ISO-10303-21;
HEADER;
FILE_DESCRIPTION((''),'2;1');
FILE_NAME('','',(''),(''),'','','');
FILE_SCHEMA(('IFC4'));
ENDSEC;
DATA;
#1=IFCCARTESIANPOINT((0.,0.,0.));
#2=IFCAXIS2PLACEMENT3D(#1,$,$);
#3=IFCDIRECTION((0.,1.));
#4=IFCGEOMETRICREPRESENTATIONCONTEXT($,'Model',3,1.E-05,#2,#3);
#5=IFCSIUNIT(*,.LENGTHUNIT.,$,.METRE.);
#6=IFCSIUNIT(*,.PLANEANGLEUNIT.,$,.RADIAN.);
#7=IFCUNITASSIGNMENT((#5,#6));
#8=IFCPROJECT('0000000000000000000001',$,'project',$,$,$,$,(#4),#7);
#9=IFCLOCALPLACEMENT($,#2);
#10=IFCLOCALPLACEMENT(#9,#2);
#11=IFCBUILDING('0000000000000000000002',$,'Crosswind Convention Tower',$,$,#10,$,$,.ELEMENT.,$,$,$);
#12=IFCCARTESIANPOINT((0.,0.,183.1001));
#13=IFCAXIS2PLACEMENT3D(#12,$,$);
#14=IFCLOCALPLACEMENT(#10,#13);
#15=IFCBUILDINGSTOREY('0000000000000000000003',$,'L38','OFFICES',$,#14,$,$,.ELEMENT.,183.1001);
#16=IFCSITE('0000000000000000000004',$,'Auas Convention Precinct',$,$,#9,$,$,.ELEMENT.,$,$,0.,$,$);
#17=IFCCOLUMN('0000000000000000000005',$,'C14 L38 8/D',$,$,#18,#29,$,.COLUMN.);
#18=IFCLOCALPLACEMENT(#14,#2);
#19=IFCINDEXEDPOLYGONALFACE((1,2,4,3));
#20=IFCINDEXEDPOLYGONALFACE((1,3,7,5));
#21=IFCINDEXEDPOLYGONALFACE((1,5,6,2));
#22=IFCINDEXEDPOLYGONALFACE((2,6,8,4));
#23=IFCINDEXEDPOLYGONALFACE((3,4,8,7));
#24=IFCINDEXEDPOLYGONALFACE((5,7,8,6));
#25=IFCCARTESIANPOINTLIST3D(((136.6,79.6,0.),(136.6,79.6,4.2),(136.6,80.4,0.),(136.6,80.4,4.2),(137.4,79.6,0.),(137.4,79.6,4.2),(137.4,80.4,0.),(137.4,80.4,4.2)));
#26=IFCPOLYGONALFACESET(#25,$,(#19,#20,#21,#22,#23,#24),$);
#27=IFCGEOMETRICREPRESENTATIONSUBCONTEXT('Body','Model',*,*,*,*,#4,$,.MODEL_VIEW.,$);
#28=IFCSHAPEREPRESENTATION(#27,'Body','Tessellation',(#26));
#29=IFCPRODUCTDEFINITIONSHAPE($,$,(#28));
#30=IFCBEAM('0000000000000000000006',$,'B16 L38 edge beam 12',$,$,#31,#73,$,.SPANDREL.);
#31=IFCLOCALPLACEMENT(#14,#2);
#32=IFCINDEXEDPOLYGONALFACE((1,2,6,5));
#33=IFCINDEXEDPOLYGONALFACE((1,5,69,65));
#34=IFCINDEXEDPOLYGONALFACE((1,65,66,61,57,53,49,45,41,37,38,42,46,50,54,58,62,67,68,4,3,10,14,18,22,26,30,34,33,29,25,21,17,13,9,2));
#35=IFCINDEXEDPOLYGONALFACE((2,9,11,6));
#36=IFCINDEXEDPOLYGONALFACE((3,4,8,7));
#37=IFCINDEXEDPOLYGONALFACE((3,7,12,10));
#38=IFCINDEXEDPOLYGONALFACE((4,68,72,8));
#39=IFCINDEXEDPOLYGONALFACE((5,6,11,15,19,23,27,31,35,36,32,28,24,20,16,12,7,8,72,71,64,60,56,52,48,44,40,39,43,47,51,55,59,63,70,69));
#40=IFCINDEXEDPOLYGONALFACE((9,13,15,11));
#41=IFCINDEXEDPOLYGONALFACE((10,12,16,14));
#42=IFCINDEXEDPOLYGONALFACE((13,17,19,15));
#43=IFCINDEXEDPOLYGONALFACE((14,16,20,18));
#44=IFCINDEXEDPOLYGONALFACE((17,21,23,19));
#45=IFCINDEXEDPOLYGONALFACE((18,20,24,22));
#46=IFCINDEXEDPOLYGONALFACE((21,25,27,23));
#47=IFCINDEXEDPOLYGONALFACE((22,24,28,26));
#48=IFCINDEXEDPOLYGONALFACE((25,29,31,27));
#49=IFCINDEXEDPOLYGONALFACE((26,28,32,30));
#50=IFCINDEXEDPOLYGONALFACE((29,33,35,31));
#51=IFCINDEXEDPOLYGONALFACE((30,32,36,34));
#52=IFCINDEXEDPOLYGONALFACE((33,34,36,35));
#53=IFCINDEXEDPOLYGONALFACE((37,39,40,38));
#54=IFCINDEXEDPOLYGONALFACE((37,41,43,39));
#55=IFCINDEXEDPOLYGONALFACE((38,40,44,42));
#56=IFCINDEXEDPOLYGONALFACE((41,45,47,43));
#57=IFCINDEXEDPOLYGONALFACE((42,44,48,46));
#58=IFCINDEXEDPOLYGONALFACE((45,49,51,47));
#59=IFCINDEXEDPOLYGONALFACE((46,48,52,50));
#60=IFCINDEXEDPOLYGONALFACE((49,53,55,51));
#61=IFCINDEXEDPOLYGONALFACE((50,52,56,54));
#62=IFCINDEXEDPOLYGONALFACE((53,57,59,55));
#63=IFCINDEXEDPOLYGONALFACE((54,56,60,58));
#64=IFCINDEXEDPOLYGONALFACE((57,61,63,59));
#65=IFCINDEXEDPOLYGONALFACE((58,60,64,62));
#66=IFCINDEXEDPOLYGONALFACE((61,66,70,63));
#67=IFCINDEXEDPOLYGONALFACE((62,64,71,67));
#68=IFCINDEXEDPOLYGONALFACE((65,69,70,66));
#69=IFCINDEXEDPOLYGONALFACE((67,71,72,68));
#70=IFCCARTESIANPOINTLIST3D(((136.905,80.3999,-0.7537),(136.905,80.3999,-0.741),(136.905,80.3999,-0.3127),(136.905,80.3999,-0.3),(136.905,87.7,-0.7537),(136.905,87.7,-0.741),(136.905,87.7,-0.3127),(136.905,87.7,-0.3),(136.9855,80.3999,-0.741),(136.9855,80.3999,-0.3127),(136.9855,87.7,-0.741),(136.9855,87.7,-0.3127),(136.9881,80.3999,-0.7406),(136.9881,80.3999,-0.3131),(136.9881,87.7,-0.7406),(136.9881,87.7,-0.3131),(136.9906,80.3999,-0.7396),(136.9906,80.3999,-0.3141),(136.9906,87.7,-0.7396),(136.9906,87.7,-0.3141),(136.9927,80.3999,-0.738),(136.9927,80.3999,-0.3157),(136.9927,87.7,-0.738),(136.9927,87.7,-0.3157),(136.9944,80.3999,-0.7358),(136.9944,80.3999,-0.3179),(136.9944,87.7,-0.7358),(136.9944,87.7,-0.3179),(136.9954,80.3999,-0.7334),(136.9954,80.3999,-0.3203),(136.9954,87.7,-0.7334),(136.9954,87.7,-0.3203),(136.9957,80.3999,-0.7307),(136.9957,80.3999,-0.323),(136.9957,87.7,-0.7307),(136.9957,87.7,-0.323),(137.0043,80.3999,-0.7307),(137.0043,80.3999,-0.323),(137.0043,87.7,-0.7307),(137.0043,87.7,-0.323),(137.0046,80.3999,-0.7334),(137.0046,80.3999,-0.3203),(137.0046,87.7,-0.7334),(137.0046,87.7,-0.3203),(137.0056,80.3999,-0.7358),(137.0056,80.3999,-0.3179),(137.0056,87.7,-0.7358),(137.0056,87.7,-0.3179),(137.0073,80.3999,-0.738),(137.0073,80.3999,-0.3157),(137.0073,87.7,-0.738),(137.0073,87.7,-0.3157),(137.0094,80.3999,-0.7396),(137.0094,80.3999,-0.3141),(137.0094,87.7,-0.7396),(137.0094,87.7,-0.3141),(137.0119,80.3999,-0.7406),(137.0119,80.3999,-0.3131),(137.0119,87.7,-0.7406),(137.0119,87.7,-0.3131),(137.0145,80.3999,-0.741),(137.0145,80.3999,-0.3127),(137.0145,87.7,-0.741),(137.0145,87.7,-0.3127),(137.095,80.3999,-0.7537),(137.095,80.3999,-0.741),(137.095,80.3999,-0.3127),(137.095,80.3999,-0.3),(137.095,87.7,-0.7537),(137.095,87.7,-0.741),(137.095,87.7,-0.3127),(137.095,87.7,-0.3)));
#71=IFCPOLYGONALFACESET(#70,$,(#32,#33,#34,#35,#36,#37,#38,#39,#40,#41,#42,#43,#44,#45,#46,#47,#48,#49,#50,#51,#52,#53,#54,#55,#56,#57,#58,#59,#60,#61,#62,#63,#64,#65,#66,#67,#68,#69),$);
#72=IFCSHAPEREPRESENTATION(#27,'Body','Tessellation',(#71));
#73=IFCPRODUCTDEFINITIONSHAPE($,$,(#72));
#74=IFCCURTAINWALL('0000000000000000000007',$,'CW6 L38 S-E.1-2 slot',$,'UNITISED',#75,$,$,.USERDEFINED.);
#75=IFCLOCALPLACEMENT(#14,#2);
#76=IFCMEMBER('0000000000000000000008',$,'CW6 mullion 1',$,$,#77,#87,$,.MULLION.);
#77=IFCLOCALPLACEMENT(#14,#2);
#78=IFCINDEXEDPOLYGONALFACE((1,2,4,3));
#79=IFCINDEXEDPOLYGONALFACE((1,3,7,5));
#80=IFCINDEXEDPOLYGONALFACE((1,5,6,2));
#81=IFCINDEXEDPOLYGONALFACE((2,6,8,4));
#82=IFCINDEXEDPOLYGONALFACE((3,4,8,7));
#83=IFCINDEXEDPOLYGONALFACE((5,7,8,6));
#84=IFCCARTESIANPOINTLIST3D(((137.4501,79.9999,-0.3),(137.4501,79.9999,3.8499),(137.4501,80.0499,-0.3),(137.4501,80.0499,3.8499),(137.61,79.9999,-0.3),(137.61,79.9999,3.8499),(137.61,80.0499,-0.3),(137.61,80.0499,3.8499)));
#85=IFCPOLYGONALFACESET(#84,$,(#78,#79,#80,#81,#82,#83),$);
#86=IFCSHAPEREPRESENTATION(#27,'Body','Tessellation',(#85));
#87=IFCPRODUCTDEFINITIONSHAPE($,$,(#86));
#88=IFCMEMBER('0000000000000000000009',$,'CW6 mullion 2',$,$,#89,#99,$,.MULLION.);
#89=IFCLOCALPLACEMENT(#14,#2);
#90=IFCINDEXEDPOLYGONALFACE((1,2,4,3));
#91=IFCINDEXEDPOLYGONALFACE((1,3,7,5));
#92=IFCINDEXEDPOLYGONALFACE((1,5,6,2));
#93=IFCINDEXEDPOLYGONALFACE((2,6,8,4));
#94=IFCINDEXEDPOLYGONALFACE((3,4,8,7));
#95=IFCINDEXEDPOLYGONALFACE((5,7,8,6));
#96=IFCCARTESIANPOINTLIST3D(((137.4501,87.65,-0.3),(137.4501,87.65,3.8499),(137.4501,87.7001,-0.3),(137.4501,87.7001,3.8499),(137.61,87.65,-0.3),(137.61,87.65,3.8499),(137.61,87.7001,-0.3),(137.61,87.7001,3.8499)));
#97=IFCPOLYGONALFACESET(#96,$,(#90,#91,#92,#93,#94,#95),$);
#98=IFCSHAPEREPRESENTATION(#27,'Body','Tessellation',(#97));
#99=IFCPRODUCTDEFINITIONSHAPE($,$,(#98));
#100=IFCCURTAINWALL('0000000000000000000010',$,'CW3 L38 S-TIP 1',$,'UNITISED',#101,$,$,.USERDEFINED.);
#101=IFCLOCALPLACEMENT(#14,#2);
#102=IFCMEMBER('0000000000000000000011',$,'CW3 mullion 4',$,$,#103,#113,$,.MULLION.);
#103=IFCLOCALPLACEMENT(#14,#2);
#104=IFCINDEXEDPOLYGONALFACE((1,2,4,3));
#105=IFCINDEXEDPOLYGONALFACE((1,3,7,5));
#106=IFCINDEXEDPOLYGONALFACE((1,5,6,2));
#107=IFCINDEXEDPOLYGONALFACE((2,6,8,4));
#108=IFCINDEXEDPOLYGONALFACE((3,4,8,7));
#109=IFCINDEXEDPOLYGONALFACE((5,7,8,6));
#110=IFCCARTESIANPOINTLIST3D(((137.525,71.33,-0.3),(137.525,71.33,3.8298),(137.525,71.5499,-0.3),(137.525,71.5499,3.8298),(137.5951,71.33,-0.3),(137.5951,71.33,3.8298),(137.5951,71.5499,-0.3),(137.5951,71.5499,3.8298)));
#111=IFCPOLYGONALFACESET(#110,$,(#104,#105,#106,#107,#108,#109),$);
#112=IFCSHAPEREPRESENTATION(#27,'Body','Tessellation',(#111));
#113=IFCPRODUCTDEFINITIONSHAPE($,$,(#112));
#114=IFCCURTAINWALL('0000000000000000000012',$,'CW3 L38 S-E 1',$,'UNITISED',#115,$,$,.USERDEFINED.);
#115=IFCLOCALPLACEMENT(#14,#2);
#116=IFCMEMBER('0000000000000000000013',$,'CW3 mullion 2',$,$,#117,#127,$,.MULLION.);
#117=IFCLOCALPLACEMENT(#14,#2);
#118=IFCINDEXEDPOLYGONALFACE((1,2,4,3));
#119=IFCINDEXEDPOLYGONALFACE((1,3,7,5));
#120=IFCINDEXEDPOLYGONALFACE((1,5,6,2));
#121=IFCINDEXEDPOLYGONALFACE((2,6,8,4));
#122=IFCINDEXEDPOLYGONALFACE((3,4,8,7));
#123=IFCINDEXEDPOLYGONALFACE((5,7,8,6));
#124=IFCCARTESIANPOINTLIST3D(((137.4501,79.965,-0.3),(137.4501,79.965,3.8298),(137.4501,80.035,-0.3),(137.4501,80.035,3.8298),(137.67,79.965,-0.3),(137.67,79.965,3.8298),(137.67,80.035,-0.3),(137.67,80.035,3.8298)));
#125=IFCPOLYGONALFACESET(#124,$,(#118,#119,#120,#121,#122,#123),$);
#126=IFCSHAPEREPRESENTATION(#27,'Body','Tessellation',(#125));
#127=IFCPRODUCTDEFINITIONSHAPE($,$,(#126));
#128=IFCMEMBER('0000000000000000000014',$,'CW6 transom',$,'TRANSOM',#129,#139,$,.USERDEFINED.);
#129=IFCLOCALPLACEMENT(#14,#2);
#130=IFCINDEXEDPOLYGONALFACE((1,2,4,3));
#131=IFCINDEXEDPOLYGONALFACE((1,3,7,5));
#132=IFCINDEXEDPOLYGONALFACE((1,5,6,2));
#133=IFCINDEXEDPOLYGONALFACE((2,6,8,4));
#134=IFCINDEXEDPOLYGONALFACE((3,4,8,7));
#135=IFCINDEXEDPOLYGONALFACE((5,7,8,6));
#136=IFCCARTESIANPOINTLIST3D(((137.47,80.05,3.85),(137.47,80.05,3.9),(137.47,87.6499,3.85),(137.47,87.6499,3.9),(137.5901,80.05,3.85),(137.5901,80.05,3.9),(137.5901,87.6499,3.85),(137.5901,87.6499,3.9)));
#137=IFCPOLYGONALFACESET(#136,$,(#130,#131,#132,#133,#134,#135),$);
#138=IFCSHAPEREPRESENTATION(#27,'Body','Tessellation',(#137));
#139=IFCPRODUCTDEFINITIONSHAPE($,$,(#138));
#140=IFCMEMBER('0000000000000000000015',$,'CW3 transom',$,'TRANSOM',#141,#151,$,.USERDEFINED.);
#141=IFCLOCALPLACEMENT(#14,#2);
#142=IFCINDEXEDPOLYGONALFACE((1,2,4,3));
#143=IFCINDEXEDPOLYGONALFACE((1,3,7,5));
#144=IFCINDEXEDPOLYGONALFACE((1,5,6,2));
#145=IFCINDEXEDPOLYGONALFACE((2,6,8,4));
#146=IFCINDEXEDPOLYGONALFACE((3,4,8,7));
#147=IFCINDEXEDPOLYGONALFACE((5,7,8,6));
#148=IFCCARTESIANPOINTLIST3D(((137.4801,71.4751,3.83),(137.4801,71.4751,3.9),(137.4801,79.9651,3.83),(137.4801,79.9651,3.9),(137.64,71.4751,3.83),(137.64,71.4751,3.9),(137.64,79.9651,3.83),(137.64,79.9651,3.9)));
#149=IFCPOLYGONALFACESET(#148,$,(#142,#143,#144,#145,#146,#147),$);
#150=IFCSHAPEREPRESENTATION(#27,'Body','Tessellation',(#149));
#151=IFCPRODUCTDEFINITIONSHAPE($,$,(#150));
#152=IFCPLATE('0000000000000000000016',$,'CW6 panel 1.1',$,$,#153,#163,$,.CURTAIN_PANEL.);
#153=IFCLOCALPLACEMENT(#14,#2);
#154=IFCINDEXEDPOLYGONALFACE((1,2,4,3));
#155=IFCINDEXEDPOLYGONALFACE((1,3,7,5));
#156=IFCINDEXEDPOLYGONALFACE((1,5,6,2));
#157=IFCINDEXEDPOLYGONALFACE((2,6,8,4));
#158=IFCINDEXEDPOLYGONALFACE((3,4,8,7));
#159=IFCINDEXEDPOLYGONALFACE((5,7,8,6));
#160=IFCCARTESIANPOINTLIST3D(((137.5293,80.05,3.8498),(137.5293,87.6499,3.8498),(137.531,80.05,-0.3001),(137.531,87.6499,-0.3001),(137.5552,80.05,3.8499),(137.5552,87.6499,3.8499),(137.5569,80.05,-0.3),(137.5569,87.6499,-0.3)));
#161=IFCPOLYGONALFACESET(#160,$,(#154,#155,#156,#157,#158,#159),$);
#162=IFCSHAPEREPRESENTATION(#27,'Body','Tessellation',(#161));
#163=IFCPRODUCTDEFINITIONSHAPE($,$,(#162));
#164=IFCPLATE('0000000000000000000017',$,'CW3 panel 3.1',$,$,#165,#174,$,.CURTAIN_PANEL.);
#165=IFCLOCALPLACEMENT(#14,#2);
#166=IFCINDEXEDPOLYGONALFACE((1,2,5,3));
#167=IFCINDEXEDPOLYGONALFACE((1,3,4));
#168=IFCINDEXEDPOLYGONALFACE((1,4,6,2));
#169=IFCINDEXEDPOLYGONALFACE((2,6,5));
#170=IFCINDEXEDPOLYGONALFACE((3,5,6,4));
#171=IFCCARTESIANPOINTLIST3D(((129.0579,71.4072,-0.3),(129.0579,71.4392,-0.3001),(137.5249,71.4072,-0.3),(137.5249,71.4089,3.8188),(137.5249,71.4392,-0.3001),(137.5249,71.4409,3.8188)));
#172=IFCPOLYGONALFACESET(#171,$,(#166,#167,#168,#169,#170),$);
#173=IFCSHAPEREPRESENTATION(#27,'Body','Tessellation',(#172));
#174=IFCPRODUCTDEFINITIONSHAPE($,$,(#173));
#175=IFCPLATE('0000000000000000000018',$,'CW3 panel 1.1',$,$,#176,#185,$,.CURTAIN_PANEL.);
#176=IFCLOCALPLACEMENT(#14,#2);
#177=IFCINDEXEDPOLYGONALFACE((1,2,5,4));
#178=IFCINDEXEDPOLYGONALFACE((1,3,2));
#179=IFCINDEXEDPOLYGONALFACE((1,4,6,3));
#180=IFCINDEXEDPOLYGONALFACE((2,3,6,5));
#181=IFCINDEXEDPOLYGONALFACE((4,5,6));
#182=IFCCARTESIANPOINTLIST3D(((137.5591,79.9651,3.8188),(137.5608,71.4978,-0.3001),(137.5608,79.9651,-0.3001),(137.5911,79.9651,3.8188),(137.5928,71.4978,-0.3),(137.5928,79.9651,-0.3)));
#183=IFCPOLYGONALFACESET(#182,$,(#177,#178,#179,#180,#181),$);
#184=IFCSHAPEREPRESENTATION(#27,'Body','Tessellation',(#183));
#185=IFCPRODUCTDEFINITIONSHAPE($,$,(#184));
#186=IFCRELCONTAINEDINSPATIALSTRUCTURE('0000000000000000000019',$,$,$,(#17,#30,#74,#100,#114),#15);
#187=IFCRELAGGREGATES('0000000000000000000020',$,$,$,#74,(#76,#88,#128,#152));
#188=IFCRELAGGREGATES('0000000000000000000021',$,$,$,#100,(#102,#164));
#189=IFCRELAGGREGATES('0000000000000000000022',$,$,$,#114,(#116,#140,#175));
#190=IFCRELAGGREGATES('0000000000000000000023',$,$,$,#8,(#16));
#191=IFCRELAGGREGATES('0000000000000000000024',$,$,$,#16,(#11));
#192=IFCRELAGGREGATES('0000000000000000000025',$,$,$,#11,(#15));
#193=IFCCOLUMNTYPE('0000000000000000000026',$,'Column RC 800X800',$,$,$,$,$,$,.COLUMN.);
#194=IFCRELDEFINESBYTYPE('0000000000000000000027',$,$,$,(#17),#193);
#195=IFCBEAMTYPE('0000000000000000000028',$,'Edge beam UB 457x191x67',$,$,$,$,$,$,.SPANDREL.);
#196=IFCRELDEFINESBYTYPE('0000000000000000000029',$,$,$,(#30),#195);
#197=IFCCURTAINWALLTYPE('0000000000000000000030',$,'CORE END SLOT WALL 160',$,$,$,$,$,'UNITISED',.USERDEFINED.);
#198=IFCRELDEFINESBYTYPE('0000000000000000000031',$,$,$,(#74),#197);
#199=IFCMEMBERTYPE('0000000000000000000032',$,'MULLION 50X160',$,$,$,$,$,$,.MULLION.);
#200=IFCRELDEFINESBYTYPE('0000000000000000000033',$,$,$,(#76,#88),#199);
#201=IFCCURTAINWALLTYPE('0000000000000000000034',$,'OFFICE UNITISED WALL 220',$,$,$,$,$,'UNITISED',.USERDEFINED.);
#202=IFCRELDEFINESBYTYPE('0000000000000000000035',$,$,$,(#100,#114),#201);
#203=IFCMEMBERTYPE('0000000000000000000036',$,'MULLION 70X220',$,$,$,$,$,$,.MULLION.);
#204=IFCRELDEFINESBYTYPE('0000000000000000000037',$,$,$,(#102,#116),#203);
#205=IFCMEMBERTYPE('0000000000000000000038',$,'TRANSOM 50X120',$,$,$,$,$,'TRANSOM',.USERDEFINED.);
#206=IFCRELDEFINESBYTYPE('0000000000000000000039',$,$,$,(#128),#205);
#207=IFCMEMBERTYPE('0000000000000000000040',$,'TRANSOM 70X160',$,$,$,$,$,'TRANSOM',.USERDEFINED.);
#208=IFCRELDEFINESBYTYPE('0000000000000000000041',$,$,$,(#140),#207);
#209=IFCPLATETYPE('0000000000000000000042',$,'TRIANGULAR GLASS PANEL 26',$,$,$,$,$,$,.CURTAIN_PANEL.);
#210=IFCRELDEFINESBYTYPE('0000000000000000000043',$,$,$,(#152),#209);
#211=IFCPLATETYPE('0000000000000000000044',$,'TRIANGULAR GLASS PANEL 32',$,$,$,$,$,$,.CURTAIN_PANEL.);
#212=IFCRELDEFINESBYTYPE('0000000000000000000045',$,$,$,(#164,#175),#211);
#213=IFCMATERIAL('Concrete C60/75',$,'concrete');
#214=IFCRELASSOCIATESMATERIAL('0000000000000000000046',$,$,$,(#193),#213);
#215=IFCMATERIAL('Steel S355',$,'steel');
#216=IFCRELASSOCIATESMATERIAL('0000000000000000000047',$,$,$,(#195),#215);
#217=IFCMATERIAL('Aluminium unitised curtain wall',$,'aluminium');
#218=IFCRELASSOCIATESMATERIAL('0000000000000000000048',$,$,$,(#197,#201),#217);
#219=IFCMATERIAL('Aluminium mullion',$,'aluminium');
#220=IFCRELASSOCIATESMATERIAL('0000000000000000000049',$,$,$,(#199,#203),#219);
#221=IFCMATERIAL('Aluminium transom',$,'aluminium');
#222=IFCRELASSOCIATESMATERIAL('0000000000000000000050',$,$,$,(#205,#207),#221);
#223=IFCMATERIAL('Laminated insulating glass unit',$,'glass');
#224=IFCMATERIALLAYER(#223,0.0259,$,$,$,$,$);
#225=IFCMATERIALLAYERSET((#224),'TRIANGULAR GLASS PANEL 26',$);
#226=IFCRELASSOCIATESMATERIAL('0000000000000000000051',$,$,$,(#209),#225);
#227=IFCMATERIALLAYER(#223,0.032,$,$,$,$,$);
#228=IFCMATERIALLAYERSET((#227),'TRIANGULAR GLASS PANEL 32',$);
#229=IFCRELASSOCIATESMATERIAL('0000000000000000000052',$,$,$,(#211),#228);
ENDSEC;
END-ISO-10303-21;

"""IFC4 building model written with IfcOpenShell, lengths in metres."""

from ifc_helpers import new_model, si_unit, direction, frame, origin, origin_2d, place, context, subcontext, project, spatial, polyline, rectangle, i_section, outline, extrude, material, layer, layer_set, material_profile, profile_set, type_object, element, aggregate, save


model = new_model("IFC4")

# Units and contexts
model_context = context("Model", 3, precision=1e-05, world=origin(), true_north=direction((0.0, 1.0)))
body_context = subcontext(model_context, "Body", "Model", "MODEL_VIEW")
ifc_project = project(units=[si_unit("LENGTHUNIT", "METRE"), si_unit("PLANEANGLEUNIT", "RADIAN")], contexts=[model_context])

# Site, building, storey
site_placement = place(None, origin())
site = spatial("IfcSite", under=ifc_project, at=site_placement, Name="Auas Convention Precinct", CompositionType="ELEMENT", RefElevation=0.0)
building_placement = place(site_placement, origin())
building = spatial("IfcBuilding", under=site, at=building_placement, Name="Crosswind Convention Tower", CompositionType="ELEMENT")
storey_placement = place(building_placement, frame((0.0, 0.0, 183.1001)))
storey = spatial("IfcBuildingStorey", under=building, at=storey_placement, Name="L38", Description="OFFICES", CompositionType="ELEMENT", Elevation=183.1001)

# Column
ifc_material_1 = material(Name="Concrete C60/75", Category="concrete")
ifc_material_profile_1 = material_profile(ifc_material_1, rectangle(XDim=0.8, YDim=0.8, at=origin_2d()), Name="RC 800X800")
ifc_profile_set_1 = profile_set([ifc_material_profile_1], Name="Concrete C60/75")
column_type = type_object("IfcColumnType", Name="Column RC 800X800", PredefinedType="COLUMN", material=ifc_profile_set_1)
column_placement = place(storey_placement, frame((137.0, 80.0, 0.0), z_axis=(0.0, 0.0, 1.0), x_axis=(1.0, 0.0, 0.0)))
element("IfcColumn", 1, at=column_placement, inside=storey, type_object=column_type, Name="C14 L38 8/D", PredefinedType="COLUMN", context=body_context, shape_type="SweptSolid", body=[
    extrude(rectangle(XDim=0.8, YDim=0.8, at=origin_2d()), origin(), (0.0, 0.0, 1.0), 4.2),
])

# Beam
ifc_material_2 = material(Name="Steel S355", Category="steel")
ifc_material_profile_2 = material_profile(ifc_material_2, i_section(OverallWidth=0.1899, OverallDepth=0.4536, WebThickness=0.0085, FlangeThickness=0.0127, FilletRadius=0.0103, at=origin_2d()), Name="UB 457x191x67")
ifc_profile_set_2 = profile_set([ifc_material_profile_2], Name="Steel S355")
beam_type = type_object("IfcBeamType", Name="Edge beam UB 457x191x67", PredefinedType="SPANDREL", material=ifc_profile_set_2)
beam_placement = place(storey_placement, frame((137.0, 80.3999, -0.5269), z_axis=(0.0, 1.0, 0.0), x_axis=(-1.0, 0.0, 0.0)))
element("IfcBeam", 2, at=beam_placement, inside=storey, type_object=beam_type, Name="B16 L38 edge beam 12", PredefinedType="SPANDREL", context=body_context, shape_type="SweptSolid", body=[
    extrude(i_section(OverallWidth=0.1899, OverallDepth=0.4536, WebThickness=0.0085, FlangeThickness=0.0127, FilletRadius=0.0103, at=origin_2d()), origin(), (0.0, 0.0, 1.0), 7.3),
])

# Curtain wall, members
ifc_material_3 = material(Name="Aluminium unitised curtain wall", Category="aluminium")
curtain_wall_type_1 = type_object("IfcCurtainWallType", Name="CORE END SLOT WALL 160", ElementType="UNITISED", PredefinedType="USERDEFINED", material=ifc_material_3)
curtain_wall_1_placement = place(storey_placement, origin())
curtain_wall_1 = element("IfcCurtainWall", 3, at=curtain_wall_1_placement, inside=storey, type_object=curtain_wall_type_1, Name="CW6 L38 S-E.1-2 slot", ObjectType="UNITISED", PredefinedType="USERDEFINED")
ifc_material_4 = material(Name="Aluminium mullion", Category="aluminium")
ifc_material_profile_3 = material_profile(ifc_material_4, rectangle(XDim=0.1599, YDim=0.05, at=origin_2d()), Name="AL 160X50")
ifc_profile_set_3 = profile_set([ifc_material_profile_3], Name="Aluminium mullion")
member_type_1 = type_object("IfcMemberType", Name="MULLION 50X160", PredefinedType="MULLION", material=ifc_profile_set_3)
member_1_placement = place(storey_placement, frame((137.53, 80.0249, -0.3), z_axis=(0.0, 0.0, 1.0), x_axis=(1.0, 0.0, 0.0)))
member_1 = element("IfcMember", 4, at=member_1_placement, type_object=member_type_1, Name="CW6 mullion 1", PredefinedType="MULLION", context=body_context, shape_type="SweptSolid", body=[
    extrude(rectangle(XDim=0.1599, YDim=0.05, at=origin_2d()), origin(), (0.0, 0.0, 1.0), 4.1499),
])
member_2_placement = place(storey_placement, frame((137.53, 87.675, -0.3), z_axis=(0.0, 0.0, 1.0), x_axis=(1.0, 0.0, 0.0)))
member_2 = element("IfcMember", 5, at=member_2_placement, type_object=member_type_1, Name="CW6 mullion 2", PredefinedType="MULLION", context=body_context, shape_type="SweptSolid", body=[
    extrude(rectangle(XDim=0.1599, YDim=0.05, at=origin_2d()), origin(), (0.0, 0.0, 1.0), 4.1499),
])

# Curtain walls, members
curtain_wall_type_2 = type_object("IfcCurtainWallType", Name="OFFICE UNITISED WALL 220", ElementType="UNITISED", PredefinedType="USERDEFINED", material=ifc_material_3)
curtain_wall_2_placement = place(storey_placement, origin())
curtain_wall_2 = element("IfcCurtainWall", 6, at=curtain_wall_2_placement, inside=storey, type_object=curtain_wall_type_2, Name="CW3 L38 S-TIP 1", ObjectType="UNITISED", PredefinedType="USERDEFINED")
ifc_material_profile_4 = material_profile(ifc_material_4, rectangle(XDim=0.22, YDim=0.0701, at=origin_2d()), Name="AL 220X70")
ifc_profile_set_4 = profile_set([ifc_material_profile_4], Name="Aluminium mullion")
member_type_2 = type_object("IfcMemberType", Name="MULLION 70X220", PredefinedType="MULLION", material=ifc_profile_set_4)
member_3_placement = place(storey_placement, frame((137.5601, 71.4399, -0.3), z_axis=(0.0, 0.0, 1.0), x_axis=(0.0, -1.0, 0.0)))
member_3 = element("IfcMember", 7, at=member_3_placement, type_object=member_type_2, Name="CW3 mullion 4", PredefinedType="MULLION", context=body_context, shape_type="SweptSolid", body=[
    extrude(rectangle(XDim=0.22, YDim=0.0701, at=origin_2d()), origin(), (0.0, 0.0, 1.0), 4.1299),
])
curtain_wall_3_placement = place(storey_placement, origin())
curtain_wall_3 = element("IfcCurtainWall", 8, at=curtain_wall_3_placement, inside=storey, type_object=curtain_wall_type_2, Name="CW3 L38 S-E 1", ObjectType="UNITISED", PredefinedType="USERDEFINED")
member_4_placement = place(storey_placement, frame((137.5601, 80.0, -0.3), z_axis=(0.0, 0.0, 1.0), x_axis=(1.0, 0.0, 0.0)))
member_4 = element("IfcMember", 9, at=member_4_placement, type_object=member_type_2, Name="CW3 mullion 2", PredefinedType="MULLION", context=body_context, shape_type="SweptSolid", body=[
    extrude(rectangle(XDim=0.22, YDim=0.0701, at=origin_2d()), origin(), (0.0, 0.0, 1.0), 4.1299),
])

# Members
ifc_material_5 = material(Name="Aluminium transom", Category="aluminium")
ifc_material_profile_5 = material_profile(ifc_material_5, rectangle(XDim=0.1201, YDim=0.05, at=origin_2d()), Name="AL 120X50")
ifc_profile_set_5 = profile_set([ifc_material_profile_5], Name="Aluminium transom")
member_type_3 = type_object("IfcMemberType", Name="TRANSOM 50X120", ElementType="TRANSOM", PredefinedType="USERDEFINED", material=ifc_profile_set_5)
member_5_placement = place(storey_placement, frame((137.53, 80.05, 3.875), z_axis=(0.0, 1.0, 0.0), x_axis=(-1.0, 0.0, 0.0)))
member_5 = element("IfcMember", 10, at=member_5_placement, type_object=member_type_3, Name="CW6 transom", ObjectType="TRANSOM", PredefinedType="USERDEFINED", context=body_context, shape_type="SweptSolid", body=[
    extrude(rectangle(XDim=0.1201, YDim=0.05, at=origin_2d()), origin(), (0.0, 0.0, 1.0), 7.5999),
])
ifc_material_profile_6 = material_profile(ifc_material_5, rectangle(XDim=0.1599, YDim=0.0701, at=origin_2d()), Name="AL 160X70")
ifc_profile_set_6 = profile_set([ifc_material_profile_6], Name="Aluminium transom")
member_type_4 = type_object("IfcMemberType", Name="TRANSOM 70X160", ElementType="TRANSOM", PredefinedType="USERDEFINED", material=ifc_profile_set_6)
member_6_placement = place(storey_placement, frame((137.5601, 71.4751, 3.865), z_axis=(0.0, 1.0, 0.0), x_axis=(-1.0, 0.0, 0.0)))
member_6 = element("IfcMember", 11, at=member_6_placement, type_object=member_type_4, Name="CW3 transom", ObjectType="TRANSOM", PredefinedType="USERDEFINED", context=body_context, shape_type="SweptSolid", body=[
    extrude(rectangle(XDim=0.1599, YDim=0.0701, at=origin_2d()), origin(), (0.0, 0.0, 1.0), 8.49),
])

# Plates
ifc_material_6 = material(Name="Laminated insulating glass unit", Category="glass")
ifc_layer_1 = layer(ifc_material_6, 0.0259)
ifc_layer_set_1 = layer_set([ifc_layer_1], Name="TRIANGULAR GLASS PANEL 26")
plate_type_1 = type_object("IfcPlateType", Name="TRIANGULAR GLASS PANEL 26", PredefinedType="CURTAIN_PANEL", material=ifc_layer_set_1)
plate_1_placement = place(storey_placement, frame((137.5569, 80.05, -0.3), z_axis=(1.0, 0.0, 0.000412), x_axis=(0.0, 1.0, 0.0)))
plate_1 = element("IfcPlate", 12, at=plate_1_placement, type_object=plate_type_1, Name="CW6 panel 1.1", PredefinedType="CURTAIN_PANEL", context=body_context, shape_type="SweptSolid", body=[
    extrude(outline(polyline([(0.0, 0.0), (7.5999, 0.0), (7.5999, 4.1499), (0.0, 4.1499), (0.0, 0.0)])), origin(), (0.0, 0.0, -1.0), 0.0259),
])
aggregate(curtain_wall_1, [member_1, member_2, member_5, plate_1])
ifc_layer_2 = layer(ifc_material_6, 0.032)
ifc_layer_set_2 = layer_set([ifc_layer_2], Name="TRIANGULAR GLASS PANEL 32")
plate_type_2 = type_object("IfcPlateType", Name="TRIANGULAR GLASS PANEL 32", PredefinedType="CURTAIN_PANEL", material=ifc_layer_set_2)
plate_2_placement = place(storey_placement, frame((137.5249, 71.4072, -0.3), z_axis=(0.0, -1.0, 0.000415), x_axis=(0.0, 0.000415, 1.0)))
plate_2 = element("IfcPlate", 13, at=plate_2_placement, type_object=plate_type_2, Name="CW3 panel 3.1", PredefinedType="CURTAIN_PANEL", context=body_context, shape_type="SweptSolid", body=[
    extrude(outline(polyline([(0.0, 0.0), (4.1189, 0.0), (0.0, 8.467), (0.0, 0.0)])), origin(), (0.0, 0.0, -1.0), 0.032),
])
aggregate(curtain_wall_2, [member_3, plate_2])
plate_3_placement = place(storey_placement, frame((137.5928, 79.9651, -0.3), z_axis=(1.0, 0.0, 0.000415), x_axis=(-0.000415, 0.0, 1.0)))
plate_3 = element("IfcPlate", 14, at=plate_3_placement, type_object=plate_type_2, Name="CW3 panel 1.1", PredefinedType="CURTAIN_PANEL", context=body_context, shape_type="SweptSolid", body=[
    extrude(outline(polyline([(0.0, 0.0), (4.1189, 0.0), (0.0, 8.4673), (0.0, 0.0)])), origin(), (0.0, 0.0, -1.0), 0.032),
])

aggregate(curtain_wall_3, [member_4, member_6, plate_3])

save(model, "model.ifc")
